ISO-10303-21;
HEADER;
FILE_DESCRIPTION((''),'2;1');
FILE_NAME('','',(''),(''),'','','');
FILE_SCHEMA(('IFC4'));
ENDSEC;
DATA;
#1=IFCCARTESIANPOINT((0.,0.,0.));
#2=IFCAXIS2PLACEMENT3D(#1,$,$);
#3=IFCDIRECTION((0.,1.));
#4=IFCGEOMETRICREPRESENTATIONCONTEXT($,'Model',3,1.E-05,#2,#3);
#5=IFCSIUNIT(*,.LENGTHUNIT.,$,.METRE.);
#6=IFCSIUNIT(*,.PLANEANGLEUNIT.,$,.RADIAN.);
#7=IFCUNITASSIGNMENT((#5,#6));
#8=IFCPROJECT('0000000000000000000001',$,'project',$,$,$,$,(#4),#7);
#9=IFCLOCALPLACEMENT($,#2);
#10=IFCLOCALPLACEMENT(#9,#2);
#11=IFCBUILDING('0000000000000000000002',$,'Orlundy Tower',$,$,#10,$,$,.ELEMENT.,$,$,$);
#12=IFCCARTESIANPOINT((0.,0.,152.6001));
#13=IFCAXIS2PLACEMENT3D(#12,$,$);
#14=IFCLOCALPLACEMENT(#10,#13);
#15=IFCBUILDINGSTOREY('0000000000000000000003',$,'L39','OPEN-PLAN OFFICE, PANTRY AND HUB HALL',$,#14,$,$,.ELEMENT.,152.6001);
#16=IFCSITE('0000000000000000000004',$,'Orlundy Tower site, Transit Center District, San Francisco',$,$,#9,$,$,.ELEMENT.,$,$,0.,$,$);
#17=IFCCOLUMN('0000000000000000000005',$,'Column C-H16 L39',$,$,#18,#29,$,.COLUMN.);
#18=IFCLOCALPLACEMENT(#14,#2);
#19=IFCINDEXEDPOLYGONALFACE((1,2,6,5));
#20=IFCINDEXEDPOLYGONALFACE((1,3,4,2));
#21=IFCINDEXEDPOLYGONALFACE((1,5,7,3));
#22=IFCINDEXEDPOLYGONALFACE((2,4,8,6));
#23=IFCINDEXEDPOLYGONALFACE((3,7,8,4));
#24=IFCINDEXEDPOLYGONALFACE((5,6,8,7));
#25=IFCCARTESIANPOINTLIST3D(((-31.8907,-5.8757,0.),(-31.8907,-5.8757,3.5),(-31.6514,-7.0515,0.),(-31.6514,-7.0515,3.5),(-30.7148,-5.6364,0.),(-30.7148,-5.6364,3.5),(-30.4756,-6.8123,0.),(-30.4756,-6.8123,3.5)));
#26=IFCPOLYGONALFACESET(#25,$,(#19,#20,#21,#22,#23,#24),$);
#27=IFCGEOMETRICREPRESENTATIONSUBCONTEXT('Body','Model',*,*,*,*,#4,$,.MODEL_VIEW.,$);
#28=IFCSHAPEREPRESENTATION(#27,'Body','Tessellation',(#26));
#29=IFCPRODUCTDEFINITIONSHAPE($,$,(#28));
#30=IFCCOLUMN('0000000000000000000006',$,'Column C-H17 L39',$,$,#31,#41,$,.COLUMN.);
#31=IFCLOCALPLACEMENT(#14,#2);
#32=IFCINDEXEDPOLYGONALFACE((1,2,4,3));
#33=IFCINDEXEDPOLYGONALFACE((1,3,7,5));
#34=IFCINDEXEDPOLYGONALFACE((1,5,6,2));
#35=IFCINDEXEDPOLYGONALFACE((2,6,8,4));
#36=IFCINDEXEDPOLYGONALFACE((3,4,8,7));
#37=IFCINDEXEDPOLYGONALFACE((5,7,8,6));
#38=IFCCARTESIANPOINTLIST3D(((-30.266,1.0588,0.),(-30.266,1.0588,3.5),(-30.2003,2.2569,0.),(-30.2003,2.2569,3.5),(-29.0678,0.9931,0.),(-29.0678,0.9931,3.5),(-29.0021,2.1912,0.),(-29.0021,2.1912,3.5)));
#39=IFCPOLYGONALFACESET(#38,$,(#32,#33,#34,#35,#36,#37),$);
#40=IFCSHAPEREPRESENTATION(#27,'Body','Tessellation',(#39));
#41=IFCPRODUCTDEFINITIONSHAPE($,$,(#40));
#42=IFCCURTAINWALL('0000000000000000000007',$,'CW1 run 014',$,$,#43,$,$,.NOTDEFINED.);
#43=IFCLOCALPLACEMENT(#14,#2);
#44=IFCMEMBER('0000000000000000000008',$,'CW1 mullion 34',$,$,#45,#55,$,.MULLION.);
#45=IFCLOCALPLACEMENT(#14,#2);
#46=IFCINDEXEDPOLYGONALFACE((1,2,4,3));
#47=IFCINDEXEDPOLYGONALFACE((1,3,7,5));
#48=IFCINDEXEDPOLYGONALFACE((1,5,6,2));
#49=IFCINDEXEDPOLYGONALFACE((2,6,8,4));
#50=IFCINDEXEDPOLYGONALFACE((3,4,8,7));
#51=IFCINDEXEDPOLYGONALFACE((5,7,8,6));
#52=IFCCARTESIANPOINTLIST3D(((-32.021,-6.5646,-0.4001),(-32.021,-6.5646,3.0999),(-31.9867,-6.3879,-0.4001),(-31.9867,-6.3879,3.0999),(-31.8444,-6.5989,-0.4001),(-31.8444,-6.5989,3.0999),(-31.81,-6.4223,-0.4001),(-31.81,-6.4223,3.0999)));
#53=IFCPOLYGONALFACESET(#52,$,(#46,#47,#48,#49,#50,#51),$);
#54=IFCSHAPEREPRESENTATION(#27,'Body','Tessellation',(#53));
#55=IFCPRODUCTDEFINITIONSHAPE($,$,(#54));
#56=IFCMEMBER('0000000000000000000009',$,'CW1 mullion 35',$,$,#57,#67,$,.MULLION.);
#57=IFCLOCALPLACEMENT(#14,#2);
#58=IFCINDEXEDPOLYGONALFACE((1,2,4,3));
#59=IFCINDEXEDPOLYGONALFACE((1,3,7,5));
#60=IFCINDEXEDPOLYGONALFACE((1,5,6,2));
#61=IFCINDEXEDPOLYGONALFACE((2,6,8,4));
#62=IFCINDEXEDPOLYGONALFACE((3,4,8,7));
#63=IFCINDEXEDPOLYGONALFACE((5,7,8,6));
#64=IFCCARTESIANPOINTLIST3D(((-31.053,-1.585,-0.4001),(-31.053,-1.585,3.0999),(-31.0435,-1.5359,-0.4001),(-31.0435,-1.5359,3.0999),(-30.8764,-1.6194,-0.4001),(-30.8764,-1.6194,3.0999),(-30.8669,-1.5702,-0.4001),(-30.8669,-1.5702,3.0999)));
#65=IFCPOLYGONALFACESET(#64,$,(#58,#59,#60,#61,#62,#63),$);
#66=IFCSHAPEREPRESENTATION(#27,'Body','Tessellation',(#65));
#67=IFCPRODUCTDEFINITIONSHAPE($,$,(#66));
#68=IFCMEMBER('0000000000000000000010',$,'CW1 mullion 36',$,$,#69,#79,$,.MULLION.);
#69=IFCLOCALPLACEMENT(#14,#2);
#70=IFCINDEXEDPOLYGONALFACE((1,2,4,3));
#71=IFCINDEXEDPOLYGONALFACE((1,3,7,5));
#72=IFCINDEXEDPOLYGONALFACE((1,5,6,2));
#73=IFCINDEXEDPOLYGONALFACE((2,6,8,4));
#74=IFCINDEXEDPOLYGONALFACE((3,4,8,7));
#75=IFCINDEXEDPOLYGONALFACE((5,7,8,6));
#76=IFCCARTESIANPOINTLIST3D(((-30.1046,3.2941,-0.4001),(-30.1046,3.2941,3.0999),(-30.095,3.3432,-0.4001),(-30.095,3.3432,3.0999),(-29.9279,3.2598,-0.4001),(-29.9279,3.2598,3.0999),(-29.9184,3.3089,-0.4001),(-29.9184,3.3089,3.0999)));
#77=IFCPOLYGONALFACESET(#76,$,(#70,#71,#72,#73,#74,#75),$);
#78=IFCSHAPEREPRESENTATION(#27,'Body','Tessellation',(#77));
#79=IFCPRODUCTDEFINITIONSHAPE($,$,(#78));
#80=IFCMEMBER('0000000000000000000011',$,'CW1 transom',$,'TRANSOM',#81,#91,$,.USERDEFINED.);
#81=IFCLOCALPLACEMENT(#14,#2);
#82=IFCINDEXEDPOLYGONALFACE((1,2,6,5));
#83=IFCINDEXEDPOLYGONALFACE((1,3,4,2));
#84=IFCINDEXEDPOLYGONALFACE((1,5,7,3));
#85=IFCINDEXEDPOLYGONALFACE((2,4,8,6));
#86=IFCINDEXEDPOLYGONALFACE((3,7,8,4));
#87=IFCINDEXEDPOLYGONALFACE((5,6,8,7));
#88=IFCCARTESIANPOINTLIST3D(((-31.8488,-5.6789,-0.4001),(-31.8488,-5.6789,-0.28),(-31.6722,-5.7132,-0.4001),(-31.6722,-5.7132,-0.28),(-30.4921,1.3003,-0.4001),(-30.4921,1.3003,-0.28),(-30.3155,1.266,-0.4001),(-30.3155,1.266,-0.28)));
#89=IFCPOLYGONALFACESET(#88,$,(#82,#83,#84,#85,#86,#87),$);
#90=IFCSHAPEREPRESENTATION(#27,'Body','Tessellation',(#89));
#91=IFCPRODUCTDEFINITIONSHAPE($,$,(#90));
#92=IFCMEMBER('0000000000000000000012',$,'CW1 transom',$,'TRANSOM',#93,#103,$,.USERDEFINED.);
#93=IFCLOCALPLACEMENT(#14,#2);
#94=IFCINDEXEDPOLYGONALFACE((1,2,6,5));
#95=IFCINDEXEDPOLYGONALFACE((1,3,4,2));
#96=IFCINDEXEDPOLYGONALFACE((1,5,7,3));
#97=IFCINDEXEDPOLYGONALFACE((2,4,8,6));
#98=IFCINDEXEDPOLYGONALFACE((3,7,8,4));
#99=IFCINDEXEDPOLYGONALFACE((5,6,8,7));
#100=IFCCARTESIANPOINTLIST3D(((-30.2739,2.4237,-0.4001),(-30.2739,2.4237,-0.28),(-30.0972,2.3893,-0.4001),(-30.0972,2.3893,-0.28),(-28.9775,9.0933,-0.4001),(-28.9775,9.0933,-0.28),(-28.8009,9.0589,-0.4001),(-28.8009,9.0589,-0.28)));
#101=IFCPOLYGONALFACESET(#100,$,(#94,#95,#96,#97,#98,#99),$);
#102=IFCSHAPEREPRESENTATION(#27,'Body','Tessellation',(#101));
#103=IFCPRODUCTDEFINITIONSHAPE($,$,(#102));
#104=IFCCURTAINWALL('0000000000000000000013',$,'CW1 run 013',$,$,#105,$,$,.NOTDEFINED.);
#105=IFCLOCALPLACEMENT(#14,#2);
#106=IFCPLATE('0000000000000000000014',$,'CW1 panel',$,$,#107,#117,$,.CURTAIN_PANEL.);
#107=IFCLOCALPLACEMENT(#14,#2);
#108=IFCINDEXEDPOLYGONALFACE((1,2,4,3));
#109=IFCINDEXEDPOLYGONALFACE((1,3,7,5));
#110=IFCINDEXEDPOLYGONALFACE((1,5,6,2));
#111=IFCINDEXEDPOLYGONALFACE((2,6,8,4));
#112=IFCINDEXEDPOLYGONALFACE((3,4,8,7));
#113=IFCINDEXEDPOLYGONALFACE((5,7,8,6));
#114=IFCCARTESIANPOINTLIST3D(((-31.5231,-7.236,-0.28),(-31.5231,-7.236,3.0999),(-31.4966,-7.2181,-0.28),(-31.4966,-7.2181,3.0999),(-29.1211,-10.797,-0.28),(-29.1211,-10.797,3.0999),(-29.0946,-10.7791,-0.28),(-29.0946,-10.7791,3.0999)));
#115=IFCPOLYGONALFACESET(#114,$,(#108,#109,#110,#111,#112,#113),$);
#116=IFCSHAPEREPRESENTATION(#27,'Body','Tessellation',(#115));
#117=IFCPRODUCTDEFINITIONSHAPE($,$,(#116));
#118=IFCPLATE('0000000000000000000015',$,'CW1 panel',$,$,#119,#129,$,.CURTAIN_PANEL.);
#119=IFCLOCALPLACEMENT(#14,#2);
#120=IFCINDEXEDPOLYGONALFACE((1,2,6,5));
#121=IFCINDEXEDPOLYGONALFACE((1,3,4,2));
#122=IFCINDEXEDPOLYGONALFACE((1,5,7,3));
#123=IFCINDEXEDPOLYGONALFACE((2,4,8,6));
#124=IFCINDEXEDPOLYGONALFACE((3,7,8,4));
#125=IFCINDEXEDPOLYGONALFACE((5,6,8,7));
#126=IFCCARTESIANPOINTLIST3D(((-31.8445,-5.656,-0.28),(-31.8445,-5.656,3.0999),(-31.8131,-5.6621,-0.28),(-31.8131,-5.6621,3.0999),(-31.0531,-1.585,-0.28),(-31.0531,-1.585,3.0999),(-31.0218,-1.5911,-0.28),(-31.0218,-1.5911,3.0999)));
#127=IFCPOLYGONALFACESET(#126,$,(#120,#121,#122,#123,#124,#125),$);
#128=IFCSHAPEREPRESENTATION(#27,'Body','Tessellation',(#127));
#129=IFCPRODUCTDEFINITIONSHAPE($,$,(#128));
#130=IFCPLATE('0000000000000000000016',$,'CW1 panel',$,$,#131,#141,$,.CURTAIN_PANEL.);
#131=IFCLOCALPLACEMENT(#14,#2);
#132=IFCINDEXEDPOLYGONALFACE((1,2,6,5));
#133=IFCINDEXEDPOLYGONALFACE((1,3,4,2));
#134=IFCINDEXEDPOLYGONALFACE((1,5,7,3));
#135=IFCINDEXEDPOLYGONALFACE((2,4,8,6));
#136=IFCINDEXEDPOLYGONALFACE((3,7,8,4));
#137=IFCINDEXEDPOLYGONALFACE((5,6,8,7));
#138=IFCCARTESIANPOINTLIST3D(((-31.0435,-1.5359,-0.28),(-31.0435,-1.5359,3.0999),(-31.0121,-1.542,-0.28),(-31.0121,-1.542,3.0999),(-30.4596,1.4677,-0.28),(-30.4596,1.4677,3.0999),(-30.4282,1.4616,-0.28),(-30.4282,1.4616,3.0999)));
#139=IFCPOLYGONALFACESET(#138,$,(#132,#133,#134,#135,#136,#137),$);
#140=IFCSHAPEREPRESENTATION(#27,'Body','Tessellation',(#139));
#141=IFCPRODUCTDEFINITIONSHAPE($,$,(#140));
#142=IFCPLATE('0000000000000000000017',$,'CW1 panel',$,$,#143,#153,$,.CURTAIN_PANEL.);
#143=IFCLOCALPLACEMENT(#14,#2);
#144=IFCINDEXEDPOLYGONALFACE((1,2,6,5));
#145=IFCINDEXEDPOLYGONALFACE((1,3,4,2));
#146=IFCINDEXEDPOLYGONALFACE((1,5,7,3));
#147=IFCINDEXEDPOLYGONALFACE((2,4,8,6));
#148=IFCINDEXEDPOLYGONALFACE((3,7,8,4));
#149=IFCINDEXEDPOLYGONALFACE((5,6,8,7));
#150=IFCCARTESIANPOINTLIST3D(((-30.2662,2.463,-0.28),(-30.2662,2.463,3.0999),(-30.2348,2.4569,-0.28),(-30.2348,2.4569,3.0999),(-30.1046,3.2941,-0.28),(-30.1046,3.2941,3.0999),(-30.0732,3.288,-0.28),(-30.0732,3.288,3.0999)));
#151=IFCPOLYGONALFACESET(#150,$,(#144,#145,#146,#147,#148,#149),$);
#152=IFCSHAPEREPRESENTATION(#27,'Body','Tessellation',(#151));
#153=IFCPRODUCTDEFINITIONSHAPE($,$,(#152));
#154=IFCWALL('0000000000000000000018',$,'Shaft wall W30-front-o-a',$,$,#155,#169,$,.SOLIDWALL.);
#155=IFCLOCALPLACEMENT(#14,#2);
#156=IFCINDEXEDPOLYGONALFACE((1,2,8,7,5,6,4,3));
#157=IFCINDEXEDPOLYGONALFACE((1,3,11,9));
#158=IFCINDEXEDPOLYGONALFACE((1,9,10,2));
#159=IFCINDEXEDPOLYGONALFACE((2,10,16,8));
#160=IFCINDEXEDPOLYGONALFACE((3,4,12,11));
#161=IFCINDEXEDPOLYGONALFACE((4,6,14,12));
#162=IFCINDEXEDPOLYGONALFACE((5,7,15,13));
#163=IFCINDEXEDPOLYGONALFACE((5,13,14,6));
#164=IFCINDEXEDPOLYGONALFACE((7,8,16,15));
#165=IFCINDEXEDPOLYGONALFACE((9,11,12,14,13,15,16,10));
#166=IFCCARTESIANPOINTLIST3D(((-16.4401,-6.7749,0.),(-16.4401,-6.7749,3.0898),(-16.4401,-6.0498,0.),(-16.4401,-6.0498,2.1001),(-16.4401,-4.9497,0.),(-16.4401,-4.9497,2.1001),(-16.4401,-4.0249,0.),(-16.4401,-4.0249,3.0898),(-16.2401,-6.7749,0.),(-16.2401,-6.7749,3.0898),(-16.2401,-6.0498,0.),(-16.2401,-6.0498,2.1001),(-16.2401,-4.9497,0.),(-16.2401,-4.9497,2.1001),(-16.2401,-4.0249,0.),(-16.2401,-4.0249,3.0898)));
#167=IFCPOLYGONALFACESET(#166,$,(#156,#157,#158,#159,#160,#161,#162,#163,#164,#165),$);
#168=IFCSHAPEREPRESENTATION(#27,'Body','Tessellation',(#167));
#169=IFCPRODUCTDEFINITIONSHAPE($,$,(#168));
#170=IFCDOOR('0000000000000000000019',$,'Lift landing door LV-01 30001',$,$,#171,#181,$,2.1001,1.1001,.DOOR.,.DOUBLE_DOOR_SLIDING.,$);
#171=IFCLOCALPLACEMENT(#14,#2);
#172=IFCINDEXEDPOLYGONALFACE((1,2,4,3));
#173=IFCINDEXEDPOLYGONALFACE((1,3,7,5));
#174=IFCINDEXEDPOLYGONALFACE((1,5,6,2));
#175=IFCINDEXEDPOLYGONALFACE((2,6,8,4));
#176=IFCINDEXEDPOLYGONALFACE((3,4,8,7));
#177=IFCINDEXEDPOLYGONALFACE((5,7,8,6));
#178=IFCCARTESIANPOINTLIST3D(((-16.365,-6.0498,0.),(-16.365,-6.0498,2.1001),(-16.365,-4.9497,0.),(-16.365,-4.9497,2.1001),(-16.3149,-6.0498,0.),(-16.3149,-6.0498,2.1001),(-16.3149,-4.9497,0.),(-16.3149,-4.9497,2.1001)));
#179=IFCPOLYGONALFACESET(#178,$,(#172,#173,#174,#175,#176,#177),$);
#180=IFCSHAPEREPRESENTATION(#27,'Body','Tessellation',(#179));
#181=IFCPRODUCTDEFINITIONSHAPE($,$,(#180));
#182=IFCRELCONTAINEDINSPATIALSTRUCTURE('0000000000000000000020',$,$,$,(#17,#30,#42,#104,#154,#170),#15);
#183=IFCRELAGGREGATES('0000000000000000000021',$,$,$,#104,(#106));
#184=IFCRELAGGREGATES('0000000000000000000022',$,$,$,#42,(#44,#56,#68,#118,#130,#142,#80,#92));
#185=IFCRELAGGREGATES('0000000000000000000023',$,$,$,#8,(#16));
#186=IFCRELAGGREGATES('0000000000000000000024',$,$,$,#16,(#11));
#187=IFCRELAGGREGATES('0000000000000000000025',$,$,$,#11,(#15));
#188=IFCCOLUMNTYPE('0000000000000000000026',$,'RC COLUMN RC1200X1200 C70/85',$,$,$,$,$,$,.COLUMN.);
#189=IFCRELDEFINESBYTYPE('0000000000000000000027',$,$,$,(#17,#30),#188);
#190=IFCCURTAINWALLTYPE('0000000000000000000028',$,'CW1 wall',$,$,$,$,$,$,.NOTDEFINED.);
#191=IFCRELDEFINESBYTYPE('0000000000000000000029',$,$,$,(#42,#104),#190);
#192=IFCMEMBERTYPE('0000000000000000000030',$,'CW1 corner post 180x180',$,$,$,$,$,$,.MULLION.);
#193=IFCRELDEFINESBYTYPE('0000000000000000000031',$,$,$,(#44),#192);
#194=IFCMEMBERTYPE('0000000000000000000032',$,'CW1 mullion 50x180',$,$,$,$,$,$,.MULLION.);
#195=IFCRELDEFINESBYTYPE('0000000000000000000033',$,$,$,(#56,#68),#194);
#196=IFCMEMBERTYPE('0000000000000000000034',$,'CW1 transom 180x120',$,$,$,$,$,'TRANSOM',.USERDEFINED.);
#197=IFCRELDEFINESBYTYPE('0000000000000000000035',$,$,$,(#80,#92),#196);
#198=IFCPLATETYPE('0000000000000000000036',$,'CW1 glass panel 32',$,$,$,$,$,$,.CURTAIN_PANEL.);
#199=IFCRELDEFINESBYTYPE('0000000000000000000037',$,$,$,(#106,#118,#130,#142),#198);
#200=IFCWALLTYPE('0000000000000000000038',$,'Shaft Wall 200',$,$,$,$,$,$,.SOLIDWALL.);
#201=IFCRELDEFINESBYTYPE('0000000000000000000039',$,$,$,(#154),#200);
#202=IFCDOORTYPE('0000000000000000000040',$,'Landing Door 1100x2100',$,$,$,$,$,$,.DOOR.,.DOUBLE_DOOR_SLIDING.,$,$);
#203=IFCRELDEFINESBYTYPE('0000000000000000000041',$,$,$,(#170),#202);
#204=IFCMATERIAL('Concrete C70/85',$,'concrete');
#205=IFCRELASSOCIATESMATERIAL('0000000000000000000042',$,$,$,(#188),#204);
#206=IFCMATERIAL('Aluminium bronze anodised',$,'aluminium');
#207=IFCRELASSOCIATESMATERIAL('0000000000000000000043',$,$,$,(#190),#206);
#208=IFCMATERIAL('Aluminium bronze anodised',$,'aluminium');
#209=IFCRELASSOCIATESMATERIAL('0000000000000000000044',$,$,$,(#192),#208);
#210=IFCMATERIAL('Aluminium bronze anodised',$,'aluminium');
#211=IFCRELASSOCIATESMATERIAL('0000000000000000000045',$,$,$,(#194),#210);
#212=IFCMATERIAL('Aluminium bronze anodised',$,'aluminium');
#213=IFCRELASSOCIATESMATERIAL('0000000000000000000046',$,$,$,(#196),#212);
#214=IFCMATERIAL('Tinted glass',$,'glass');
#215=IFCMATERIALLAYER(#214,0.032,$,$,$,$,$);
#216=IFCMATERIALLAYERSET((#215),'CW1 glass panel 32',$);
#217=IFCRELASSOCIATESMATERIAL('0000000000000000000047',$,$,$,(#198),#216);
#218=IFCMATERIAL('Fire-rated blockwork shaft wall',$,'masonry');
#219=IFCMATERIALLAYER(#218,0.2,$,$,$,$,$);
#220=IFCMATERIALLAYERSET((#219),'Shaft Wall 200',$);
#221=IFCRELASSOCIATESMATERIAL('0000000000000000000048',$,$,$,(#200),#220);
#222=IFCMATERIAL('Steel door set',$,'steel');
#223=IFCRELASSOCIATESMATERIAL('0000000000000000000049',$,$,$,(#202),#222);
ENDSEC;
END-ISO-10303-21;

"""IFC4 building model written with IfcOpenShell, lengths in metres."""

from ifc_helpers import new_model, si_unit, direction, frame, frame_2d, origin, origin_2d, place, context, subcontext, project, spatial, rectangle, extrude, material, layer, layer_set, material_profile, profile_set, type_object, element, fill, aggregate, save


model = new_model("IFC4")

# Units and contexts
model_context = context("Model", 3, precision=1e-05, world=origin(), true_north=direction((0.0, 1.0)))
body_context = subcontext(model_context, "Body", "Model", "MODEL_VIEW")
ifc_project = project(units=[si_unit("LENGTHUNIT", "METRE"), si_unit("PLANEANGLEUNIT", "RADIAN")], contexts=[model_context])

# Site, building, storey
site_placement = place(None, origin())
site = spatial("IfcSite", under=ifc_project, at=site_placement, Name="Orlundy Tower site, Transit Center District, San Francisco", CompositionType="ELEMENT", RefElevation=0.0)
building_placement = place(site_placement, origin())
building = spatial("IfcBuilding", under=site, at=building_placement, Name="Orlundy Tower", CompositionType="ELEMENT")
storey_placement = place(building_placement, frame((0.0, 0.0, 152.6001)))
storey = spatial("IfcBuildingStorey", under=building, at=storey_placement, Name="L39", Description="OPEN-PLAN OFFICE, PANTRY AND HUB HALL", CompositionType="ELEMENT", Elevation=152.6001)

# Columns
ifc_material_1 = material(Name="Concrete C70/85", Category="concrete")
ifc_material_profile_1 = material_profile(ifc_material_1, rectangle(XDim=1.2, YDim=1.2, at=origin_2d()), Name="RC1200X1200")
ifc_profile_set_1 = profile_set([ifc_material_profile_1], Name="Concrete C70/85")
column_type = type_object("IfcColumnType", Name="RC COLUMN RC1200X1200 C70/85", PredefinedType="COLUMN", material=ifc_profile_set_1)
for number, where, z_axis, x_axis, name in (
    (1, (-31.1831, -6.344, 0.0), (0.0, 0.0, 1.0), (-0.979925, -0.199368, 0.0), "Column C-H16 L39"),
    (2, (-29.634, 1.625, 0.0), (0.0, 0.0, 1.0), (-0.9985, 0.054758, 0.0), "Column C-H17 L39"),
):
    element("IfcColumn", number, at=place(storey_placement, frame(where, z_axis=z_axis, x_axis=x_axis)), inside=storey, type_object=column_type, Name=name, PredefinedType="COLUMN", context=body_context, shape_type="SweptSolid", body=[
        extrude(rectangle(XDim=1.2, YDim=1.2, at=origin_2d()), origin(), (0.0, 0.0, 1.0), 3.5),
    ])

# Curtain wall, members
ifc_material_2 = material(Name="Aluminium bronze anodised", Category="aluminium")
curtain_wall_type = type_object("IfcCurtainWallType", Name="CW1 wall", PredefinedType="NOTDEFINED", material=ifc_material_2)
curtain_wall_1_placement = place(storey_placement, origin())
curtain_wall_1 = element("IfcCurtainWall", 3, at=curtain_wall_1_placement, inside=storey, type_object=curtain_wall_type, Name="CW1 run 014", PredefinedType="NOTDEFINED")
ifc_material_3 = material(Name="Aluminium bronze anodised", Category="aluminium")
ifc_material_profile_2 = material_profile(ifc_material_3, rectangle(XDim=0.1799, YDim=0.1799, at=origin_2d()), Name="CW1 corner post 180x180")
ifc_profile_set_2 = profile_set([ifc_material_profile_2], Name="Aluminium bronze anodised")
member_type_1 = type_object("IfcMemberType", Name="CW1 corner post 180x180", PredefinedType="MULLION", material=ifc_profile_set_2)
member_1_placement = place(storey_placement, frame((-31.9155, -6.4934, -0.4001), z_axis=(0.0, 0.0, 1.0), x_axis=(-0.981628, 0.190805, 0.0)))
member_1 = element("IfcMember", 4, at=member_1_placement, type_object=member_type_1, Name="CW1 mullion 34", PredefinedType="MULLION", context=body_context, shape_type="SweptSolid", body=[
    extrude(rectangle(XDim=0.1799, YDim=0.1799, at=origin_2d()), origin(), (0.0, 0.0, 1.0), 3.5),
])
ifc_material_4 = material(Name="Aluminium bronze anodised", Category="aluminium")
ifc_material_profile_3 = material_profile(ifc_material_4, rectangle(XDim=0.1799, YDim=0.05, at=origin_2d()), Name="CW1 mullion 50x180")
ifc_profile_set_3 = profile_set([ifc_material_profile_3], Name="Aluminium bronze anodised")
member_type_2 = type_object("IfcMemberType", Name="CW1 mullion 50x180", PredefinedType="MULLION", material=ifc_profile_set_3)
member_2_placement = place(storey_placement, frame((-30.96, -1.5776, -0.4001), z_axis=(0.0, 0.0, 1.0), x_axis=(-0.981628, 0.190805, 0.0)))
member_2 = element("IfcMember", 5, at=member_2_placement, type_object=member_type_2, Name="CW1 mullion 35", PredefinedType="MULLION", context=body_context, shape_type="SweptSolid", body=[
    extrude(rectangle(XDim=0.1799, YDim=0.05, at=origin_2d()), origin(), (0.0, 0.0, 1.0), 3.5),
])
member_3_placement = place(storey_placement, frame((-30.0115, 3.3015, -0.4001), z_axis=(0.0, 0.0, 1.0), x_axis=(-0.981628, 0.190805, 0.0)))
member_3 = element("IfcMember", 6, at=member_3_placement, type_object=member_type_2, Name="CW1 mullion 36", PredefinedType="MULLION", context=body_context, shape_type="SweptSolid", body=[
    extrude(rectangle(XDim=0.1799, YDim=0.05, at=origin_2d()), origin(), (0.0, 0.0, 1.0), 3.5),
])
ifc_material_5 = material(Name="Aluminium bronze anodised", Category="aluminium")
ifc_material_profile_4 = material_profile(ifc_material_5, rectangle(XDim=0.1799, YDim=0.1201, at=origin_2d()), Name="CW1 transom 180x120")
ifc_profile_set_4 = profile_set([ifc_material_profile_4], Name="Aluminium bronze anodised")
member_type_3 = type_object("IfcMemberType", Name="CW1 transom 180x120", ElementType="TRANSOM", PredefinedType="USERDEFINED", material=ifc_profile_set_4)
member_4_placement = place(storey_placement, frame((-31.7605, -5.696, -0.3401), z_axis=(0.190817, 0.981626, 0.0), x_axis=(-0.981626, 0.190817, 0.0)))
member_4 = element("IfcMember", 7, at=member_4_placement, type_object=member_type_3, Name="CW1 transom", ObjectType="TRANSOM", PredefinedType="USERDEFINED", context=body_context, shape_type="SweptSolid", body=[
    extrude(rectangle(XDim=0.1799, YDim=0.1201, at=origin_2d()), origin(), (0.0, 0.0, 1.0), 7.1099),
])
member_5_placement = place(storey_placement, frame((-30.1855, 2.4065, -0.3401), z_axis=(0.190799, 0.981629, 0.0), x_axis=(-0.981629, 0.190799, 0.0)))
member_5 = element("IfcMember", 8, at=member_5_placement, type_object=member_type_3, Name="CW1 transom", ObjectType="TRANSOM", PredefinedType="USERDEFINED", context=body_context, shape_type="SweptSolid", body=[
    extrude(rectangle(XDim=0.1799, YDim=0.1201, at=origin_2d()), origin(), (0.0, 0.0, 1.0), 6.7944),
])

# Curtain wall, plate
curtain_wall_2_placement = place(storey_placement, origin())
curtain_wall_2 = element("IfcCurtainWall", 9, at=curtain_wall_2_placement, inside=storey, type_object=curtain_wall_type, Name="CW1 run 013", PredefinedType="NOTDEFINED")
ifc_material_6 = material(Name="Tinted glass", Category="glass")
ifc_layer_1 = layer(ifc_material_6, 0.032)
ifc_layer_set_1 = layer_set([ifc_layer_1], Name="CW1 glass panel 32")
plate_type = type_object("IfcPlateType", Name="CW1 glass panel 32", PredefinedType="CURTAIN_PANEL", material=ifc_layer_set_1)
plate_1_placement = place(storey_placement, frame((-30.3088, -9.0076, -0.28), z_axis=(0.0, 0.0, 1.0), x_axis=(-0.559201, 0.829032, 0.0)))
plate_1 = element("IfcPlate", 10, at=plate_1_placement, type_object=plate_type, Name="CW1 panel", PredefinedType="CURTAIN_PANEL", context=body_context, shape_type="SweptSolid", body=[
    extrude(rectangle(XDim=4.2954, YDim=0.032, at=origin_2d()), origin(), (0.0, 0.0, 1.0), 3.3799),
])
aggregate(curtain_wall_2, [plate_1])

# Plates
plate_2_placement = place(storey_placement, frame((-31.4331, -3.6235, -0.28), z_axis=(0.0, 0.0, 1.0), x_axis=(0.190805, 0.981628, 0.0)))
plate_2 = element("IfcPlate", 11, at=plate_2_placement, type_object=plate_type, Name="CW1 panel", PredefinedType="CURTAIN_PANEL", context=body_context, shape_type="SweptSolid", body=[
    extrude(rectangle(XDim=4.1472, YDim=0.032, at=origin_2d()), origin(), (0.0, 0.0, 1.0), 3.3799),
])
plate_3_placement = place(storey_placement, frame((-30.7358, -0.0371, -0.28), z_axis=(0.0, 0.0, 1.0), x_axis=(0.190805, 0.981628, 0.0)))
plate_3 = element("IfcPlate", 12, at=plate_3_placement, type_object=plate_type, Name="CW1 panel", PredefinedType="CURTAIN_PANEL", context=body_context, shape_type="SweptSolid", body=[
    extrude(rectangle(XDim=3.0598, YDim=0.032, at=origin_2d()), origin(), (0.0, 0.0, 1.0), 3.3799),
])
plate_4_placement = place(storey_placement, frame((-30.1697, 2.8755, -0.28), z_axis=(0.0, 0.0, 1.0), x_axis=(0.190805, 0.981628, 0.0)))
plate_4 = element("IfcPlate", 13, at=plate_4_placement, type_object=plate_type, Name="CW1 panel", PredefinedType="CURTAIN_PANEL", context=body_context, shape_type="SweptSolid", body=[
    extrude(rectangle(XDim=0.8467, YDim=0.032, at=origin_2d()), origin(), (0.0, 0.0, 1.0), 3.3799),
])
aggregate(curtain_wall_1, [member_1, member_2, member_3, plate_2, plate_3, plate_4, member_4, member_5])

# Wall, opening, door
ifc_material_7 = material(Name="Fire-rated blockwork shaft wall", Category="masonry")
ifc_layer_2 = layer(ifc_material_7, 0.2)
ifc_layer_set_2 = layer_set([ifc_layer_2], Name="Shaft Wall 200")
wall_type = type_object("IfcWallType", Name="Shaft Wall 200", PredefinedType="SOLIDWALL", material=ifc_layer_set_2)
wall_1_placement = place(storey_placement, frame((-16.3401, -6.7749, 0.0), z_axis=(0.0, 0.0, 1.0), x_axis=(0.0, 1.0, 0.0)))
wall_1 = element("IfcWall", 14, at=wall_1_placement, inside=storey, type_object=wall_type, Name="Shaft wall W30-front-o-a", PredefinedType="SOLIDWALL", context=body_context, shape_type="SweptSolid", body=[
    extrude(rectangle(XDim=2.75, YDim=0.2, at=frame_2d((1.375, 0.0))), origin(), (0.0, 0.0, 1.0), 3.0898),
])
opening_1_placement = place(wall_1_placement, frame((0.7251, 0.0, 0.0)))
opening_1 = element("IfcOpeningElement", 15, at=opening_1_placement, cuts=wall_1, PredefinedType="OPENING", context=body_context, shape_type="SweptSolid", body=[
    extrude(rectangle(XDim=1.1001, YDim=2.1001, at=frame_2d((0.55, 1.05))), frame((0.0, 0.1101, 0.0), z_axis=(0.0, -1.0, 0.0), x_axis=(1.0, 0.0, 0.0)), (0.0, 0.0, 1.0), 0.2202),
])
ifc_material_8 = material(Name="Steel door set", Category="steel")
door_type = type_object("IfcDoorType", Name="Landing Door 1100x2100", OperationType="DOUBLE_DOOR_SLIDING", PredefinedType="DOOR", material=ifc_material_8)
door_1_placement = place(opening_1_placement, origin())
door_1 = element("IfcDoor", 16, at=door_1_placement, inside=storey, type_object=door_type, Name="Lift landing door LV-01 30001", OperationType="DOUBLE_DOOR_SLIDING", OverallHeight=2.1001, OverallWidth=1.1001, PredefinedType="DOOR", context=body_context, shape_type="SweptSolid", body=[
    extrude(rectangle(XDim=1.1001, YDim=2.1001, at=frame_2d((0.55, 1.05))), frame((0.0, 0.0249, 0.0), z_axis=(0.0, -1.0, 0.0), x_axis=(1.0, 0.0, 0.0)), (0.0, 0.0, 1.0), 0.05),
])
fill(opening_1, door_1)

save(model, "model.ifc")
